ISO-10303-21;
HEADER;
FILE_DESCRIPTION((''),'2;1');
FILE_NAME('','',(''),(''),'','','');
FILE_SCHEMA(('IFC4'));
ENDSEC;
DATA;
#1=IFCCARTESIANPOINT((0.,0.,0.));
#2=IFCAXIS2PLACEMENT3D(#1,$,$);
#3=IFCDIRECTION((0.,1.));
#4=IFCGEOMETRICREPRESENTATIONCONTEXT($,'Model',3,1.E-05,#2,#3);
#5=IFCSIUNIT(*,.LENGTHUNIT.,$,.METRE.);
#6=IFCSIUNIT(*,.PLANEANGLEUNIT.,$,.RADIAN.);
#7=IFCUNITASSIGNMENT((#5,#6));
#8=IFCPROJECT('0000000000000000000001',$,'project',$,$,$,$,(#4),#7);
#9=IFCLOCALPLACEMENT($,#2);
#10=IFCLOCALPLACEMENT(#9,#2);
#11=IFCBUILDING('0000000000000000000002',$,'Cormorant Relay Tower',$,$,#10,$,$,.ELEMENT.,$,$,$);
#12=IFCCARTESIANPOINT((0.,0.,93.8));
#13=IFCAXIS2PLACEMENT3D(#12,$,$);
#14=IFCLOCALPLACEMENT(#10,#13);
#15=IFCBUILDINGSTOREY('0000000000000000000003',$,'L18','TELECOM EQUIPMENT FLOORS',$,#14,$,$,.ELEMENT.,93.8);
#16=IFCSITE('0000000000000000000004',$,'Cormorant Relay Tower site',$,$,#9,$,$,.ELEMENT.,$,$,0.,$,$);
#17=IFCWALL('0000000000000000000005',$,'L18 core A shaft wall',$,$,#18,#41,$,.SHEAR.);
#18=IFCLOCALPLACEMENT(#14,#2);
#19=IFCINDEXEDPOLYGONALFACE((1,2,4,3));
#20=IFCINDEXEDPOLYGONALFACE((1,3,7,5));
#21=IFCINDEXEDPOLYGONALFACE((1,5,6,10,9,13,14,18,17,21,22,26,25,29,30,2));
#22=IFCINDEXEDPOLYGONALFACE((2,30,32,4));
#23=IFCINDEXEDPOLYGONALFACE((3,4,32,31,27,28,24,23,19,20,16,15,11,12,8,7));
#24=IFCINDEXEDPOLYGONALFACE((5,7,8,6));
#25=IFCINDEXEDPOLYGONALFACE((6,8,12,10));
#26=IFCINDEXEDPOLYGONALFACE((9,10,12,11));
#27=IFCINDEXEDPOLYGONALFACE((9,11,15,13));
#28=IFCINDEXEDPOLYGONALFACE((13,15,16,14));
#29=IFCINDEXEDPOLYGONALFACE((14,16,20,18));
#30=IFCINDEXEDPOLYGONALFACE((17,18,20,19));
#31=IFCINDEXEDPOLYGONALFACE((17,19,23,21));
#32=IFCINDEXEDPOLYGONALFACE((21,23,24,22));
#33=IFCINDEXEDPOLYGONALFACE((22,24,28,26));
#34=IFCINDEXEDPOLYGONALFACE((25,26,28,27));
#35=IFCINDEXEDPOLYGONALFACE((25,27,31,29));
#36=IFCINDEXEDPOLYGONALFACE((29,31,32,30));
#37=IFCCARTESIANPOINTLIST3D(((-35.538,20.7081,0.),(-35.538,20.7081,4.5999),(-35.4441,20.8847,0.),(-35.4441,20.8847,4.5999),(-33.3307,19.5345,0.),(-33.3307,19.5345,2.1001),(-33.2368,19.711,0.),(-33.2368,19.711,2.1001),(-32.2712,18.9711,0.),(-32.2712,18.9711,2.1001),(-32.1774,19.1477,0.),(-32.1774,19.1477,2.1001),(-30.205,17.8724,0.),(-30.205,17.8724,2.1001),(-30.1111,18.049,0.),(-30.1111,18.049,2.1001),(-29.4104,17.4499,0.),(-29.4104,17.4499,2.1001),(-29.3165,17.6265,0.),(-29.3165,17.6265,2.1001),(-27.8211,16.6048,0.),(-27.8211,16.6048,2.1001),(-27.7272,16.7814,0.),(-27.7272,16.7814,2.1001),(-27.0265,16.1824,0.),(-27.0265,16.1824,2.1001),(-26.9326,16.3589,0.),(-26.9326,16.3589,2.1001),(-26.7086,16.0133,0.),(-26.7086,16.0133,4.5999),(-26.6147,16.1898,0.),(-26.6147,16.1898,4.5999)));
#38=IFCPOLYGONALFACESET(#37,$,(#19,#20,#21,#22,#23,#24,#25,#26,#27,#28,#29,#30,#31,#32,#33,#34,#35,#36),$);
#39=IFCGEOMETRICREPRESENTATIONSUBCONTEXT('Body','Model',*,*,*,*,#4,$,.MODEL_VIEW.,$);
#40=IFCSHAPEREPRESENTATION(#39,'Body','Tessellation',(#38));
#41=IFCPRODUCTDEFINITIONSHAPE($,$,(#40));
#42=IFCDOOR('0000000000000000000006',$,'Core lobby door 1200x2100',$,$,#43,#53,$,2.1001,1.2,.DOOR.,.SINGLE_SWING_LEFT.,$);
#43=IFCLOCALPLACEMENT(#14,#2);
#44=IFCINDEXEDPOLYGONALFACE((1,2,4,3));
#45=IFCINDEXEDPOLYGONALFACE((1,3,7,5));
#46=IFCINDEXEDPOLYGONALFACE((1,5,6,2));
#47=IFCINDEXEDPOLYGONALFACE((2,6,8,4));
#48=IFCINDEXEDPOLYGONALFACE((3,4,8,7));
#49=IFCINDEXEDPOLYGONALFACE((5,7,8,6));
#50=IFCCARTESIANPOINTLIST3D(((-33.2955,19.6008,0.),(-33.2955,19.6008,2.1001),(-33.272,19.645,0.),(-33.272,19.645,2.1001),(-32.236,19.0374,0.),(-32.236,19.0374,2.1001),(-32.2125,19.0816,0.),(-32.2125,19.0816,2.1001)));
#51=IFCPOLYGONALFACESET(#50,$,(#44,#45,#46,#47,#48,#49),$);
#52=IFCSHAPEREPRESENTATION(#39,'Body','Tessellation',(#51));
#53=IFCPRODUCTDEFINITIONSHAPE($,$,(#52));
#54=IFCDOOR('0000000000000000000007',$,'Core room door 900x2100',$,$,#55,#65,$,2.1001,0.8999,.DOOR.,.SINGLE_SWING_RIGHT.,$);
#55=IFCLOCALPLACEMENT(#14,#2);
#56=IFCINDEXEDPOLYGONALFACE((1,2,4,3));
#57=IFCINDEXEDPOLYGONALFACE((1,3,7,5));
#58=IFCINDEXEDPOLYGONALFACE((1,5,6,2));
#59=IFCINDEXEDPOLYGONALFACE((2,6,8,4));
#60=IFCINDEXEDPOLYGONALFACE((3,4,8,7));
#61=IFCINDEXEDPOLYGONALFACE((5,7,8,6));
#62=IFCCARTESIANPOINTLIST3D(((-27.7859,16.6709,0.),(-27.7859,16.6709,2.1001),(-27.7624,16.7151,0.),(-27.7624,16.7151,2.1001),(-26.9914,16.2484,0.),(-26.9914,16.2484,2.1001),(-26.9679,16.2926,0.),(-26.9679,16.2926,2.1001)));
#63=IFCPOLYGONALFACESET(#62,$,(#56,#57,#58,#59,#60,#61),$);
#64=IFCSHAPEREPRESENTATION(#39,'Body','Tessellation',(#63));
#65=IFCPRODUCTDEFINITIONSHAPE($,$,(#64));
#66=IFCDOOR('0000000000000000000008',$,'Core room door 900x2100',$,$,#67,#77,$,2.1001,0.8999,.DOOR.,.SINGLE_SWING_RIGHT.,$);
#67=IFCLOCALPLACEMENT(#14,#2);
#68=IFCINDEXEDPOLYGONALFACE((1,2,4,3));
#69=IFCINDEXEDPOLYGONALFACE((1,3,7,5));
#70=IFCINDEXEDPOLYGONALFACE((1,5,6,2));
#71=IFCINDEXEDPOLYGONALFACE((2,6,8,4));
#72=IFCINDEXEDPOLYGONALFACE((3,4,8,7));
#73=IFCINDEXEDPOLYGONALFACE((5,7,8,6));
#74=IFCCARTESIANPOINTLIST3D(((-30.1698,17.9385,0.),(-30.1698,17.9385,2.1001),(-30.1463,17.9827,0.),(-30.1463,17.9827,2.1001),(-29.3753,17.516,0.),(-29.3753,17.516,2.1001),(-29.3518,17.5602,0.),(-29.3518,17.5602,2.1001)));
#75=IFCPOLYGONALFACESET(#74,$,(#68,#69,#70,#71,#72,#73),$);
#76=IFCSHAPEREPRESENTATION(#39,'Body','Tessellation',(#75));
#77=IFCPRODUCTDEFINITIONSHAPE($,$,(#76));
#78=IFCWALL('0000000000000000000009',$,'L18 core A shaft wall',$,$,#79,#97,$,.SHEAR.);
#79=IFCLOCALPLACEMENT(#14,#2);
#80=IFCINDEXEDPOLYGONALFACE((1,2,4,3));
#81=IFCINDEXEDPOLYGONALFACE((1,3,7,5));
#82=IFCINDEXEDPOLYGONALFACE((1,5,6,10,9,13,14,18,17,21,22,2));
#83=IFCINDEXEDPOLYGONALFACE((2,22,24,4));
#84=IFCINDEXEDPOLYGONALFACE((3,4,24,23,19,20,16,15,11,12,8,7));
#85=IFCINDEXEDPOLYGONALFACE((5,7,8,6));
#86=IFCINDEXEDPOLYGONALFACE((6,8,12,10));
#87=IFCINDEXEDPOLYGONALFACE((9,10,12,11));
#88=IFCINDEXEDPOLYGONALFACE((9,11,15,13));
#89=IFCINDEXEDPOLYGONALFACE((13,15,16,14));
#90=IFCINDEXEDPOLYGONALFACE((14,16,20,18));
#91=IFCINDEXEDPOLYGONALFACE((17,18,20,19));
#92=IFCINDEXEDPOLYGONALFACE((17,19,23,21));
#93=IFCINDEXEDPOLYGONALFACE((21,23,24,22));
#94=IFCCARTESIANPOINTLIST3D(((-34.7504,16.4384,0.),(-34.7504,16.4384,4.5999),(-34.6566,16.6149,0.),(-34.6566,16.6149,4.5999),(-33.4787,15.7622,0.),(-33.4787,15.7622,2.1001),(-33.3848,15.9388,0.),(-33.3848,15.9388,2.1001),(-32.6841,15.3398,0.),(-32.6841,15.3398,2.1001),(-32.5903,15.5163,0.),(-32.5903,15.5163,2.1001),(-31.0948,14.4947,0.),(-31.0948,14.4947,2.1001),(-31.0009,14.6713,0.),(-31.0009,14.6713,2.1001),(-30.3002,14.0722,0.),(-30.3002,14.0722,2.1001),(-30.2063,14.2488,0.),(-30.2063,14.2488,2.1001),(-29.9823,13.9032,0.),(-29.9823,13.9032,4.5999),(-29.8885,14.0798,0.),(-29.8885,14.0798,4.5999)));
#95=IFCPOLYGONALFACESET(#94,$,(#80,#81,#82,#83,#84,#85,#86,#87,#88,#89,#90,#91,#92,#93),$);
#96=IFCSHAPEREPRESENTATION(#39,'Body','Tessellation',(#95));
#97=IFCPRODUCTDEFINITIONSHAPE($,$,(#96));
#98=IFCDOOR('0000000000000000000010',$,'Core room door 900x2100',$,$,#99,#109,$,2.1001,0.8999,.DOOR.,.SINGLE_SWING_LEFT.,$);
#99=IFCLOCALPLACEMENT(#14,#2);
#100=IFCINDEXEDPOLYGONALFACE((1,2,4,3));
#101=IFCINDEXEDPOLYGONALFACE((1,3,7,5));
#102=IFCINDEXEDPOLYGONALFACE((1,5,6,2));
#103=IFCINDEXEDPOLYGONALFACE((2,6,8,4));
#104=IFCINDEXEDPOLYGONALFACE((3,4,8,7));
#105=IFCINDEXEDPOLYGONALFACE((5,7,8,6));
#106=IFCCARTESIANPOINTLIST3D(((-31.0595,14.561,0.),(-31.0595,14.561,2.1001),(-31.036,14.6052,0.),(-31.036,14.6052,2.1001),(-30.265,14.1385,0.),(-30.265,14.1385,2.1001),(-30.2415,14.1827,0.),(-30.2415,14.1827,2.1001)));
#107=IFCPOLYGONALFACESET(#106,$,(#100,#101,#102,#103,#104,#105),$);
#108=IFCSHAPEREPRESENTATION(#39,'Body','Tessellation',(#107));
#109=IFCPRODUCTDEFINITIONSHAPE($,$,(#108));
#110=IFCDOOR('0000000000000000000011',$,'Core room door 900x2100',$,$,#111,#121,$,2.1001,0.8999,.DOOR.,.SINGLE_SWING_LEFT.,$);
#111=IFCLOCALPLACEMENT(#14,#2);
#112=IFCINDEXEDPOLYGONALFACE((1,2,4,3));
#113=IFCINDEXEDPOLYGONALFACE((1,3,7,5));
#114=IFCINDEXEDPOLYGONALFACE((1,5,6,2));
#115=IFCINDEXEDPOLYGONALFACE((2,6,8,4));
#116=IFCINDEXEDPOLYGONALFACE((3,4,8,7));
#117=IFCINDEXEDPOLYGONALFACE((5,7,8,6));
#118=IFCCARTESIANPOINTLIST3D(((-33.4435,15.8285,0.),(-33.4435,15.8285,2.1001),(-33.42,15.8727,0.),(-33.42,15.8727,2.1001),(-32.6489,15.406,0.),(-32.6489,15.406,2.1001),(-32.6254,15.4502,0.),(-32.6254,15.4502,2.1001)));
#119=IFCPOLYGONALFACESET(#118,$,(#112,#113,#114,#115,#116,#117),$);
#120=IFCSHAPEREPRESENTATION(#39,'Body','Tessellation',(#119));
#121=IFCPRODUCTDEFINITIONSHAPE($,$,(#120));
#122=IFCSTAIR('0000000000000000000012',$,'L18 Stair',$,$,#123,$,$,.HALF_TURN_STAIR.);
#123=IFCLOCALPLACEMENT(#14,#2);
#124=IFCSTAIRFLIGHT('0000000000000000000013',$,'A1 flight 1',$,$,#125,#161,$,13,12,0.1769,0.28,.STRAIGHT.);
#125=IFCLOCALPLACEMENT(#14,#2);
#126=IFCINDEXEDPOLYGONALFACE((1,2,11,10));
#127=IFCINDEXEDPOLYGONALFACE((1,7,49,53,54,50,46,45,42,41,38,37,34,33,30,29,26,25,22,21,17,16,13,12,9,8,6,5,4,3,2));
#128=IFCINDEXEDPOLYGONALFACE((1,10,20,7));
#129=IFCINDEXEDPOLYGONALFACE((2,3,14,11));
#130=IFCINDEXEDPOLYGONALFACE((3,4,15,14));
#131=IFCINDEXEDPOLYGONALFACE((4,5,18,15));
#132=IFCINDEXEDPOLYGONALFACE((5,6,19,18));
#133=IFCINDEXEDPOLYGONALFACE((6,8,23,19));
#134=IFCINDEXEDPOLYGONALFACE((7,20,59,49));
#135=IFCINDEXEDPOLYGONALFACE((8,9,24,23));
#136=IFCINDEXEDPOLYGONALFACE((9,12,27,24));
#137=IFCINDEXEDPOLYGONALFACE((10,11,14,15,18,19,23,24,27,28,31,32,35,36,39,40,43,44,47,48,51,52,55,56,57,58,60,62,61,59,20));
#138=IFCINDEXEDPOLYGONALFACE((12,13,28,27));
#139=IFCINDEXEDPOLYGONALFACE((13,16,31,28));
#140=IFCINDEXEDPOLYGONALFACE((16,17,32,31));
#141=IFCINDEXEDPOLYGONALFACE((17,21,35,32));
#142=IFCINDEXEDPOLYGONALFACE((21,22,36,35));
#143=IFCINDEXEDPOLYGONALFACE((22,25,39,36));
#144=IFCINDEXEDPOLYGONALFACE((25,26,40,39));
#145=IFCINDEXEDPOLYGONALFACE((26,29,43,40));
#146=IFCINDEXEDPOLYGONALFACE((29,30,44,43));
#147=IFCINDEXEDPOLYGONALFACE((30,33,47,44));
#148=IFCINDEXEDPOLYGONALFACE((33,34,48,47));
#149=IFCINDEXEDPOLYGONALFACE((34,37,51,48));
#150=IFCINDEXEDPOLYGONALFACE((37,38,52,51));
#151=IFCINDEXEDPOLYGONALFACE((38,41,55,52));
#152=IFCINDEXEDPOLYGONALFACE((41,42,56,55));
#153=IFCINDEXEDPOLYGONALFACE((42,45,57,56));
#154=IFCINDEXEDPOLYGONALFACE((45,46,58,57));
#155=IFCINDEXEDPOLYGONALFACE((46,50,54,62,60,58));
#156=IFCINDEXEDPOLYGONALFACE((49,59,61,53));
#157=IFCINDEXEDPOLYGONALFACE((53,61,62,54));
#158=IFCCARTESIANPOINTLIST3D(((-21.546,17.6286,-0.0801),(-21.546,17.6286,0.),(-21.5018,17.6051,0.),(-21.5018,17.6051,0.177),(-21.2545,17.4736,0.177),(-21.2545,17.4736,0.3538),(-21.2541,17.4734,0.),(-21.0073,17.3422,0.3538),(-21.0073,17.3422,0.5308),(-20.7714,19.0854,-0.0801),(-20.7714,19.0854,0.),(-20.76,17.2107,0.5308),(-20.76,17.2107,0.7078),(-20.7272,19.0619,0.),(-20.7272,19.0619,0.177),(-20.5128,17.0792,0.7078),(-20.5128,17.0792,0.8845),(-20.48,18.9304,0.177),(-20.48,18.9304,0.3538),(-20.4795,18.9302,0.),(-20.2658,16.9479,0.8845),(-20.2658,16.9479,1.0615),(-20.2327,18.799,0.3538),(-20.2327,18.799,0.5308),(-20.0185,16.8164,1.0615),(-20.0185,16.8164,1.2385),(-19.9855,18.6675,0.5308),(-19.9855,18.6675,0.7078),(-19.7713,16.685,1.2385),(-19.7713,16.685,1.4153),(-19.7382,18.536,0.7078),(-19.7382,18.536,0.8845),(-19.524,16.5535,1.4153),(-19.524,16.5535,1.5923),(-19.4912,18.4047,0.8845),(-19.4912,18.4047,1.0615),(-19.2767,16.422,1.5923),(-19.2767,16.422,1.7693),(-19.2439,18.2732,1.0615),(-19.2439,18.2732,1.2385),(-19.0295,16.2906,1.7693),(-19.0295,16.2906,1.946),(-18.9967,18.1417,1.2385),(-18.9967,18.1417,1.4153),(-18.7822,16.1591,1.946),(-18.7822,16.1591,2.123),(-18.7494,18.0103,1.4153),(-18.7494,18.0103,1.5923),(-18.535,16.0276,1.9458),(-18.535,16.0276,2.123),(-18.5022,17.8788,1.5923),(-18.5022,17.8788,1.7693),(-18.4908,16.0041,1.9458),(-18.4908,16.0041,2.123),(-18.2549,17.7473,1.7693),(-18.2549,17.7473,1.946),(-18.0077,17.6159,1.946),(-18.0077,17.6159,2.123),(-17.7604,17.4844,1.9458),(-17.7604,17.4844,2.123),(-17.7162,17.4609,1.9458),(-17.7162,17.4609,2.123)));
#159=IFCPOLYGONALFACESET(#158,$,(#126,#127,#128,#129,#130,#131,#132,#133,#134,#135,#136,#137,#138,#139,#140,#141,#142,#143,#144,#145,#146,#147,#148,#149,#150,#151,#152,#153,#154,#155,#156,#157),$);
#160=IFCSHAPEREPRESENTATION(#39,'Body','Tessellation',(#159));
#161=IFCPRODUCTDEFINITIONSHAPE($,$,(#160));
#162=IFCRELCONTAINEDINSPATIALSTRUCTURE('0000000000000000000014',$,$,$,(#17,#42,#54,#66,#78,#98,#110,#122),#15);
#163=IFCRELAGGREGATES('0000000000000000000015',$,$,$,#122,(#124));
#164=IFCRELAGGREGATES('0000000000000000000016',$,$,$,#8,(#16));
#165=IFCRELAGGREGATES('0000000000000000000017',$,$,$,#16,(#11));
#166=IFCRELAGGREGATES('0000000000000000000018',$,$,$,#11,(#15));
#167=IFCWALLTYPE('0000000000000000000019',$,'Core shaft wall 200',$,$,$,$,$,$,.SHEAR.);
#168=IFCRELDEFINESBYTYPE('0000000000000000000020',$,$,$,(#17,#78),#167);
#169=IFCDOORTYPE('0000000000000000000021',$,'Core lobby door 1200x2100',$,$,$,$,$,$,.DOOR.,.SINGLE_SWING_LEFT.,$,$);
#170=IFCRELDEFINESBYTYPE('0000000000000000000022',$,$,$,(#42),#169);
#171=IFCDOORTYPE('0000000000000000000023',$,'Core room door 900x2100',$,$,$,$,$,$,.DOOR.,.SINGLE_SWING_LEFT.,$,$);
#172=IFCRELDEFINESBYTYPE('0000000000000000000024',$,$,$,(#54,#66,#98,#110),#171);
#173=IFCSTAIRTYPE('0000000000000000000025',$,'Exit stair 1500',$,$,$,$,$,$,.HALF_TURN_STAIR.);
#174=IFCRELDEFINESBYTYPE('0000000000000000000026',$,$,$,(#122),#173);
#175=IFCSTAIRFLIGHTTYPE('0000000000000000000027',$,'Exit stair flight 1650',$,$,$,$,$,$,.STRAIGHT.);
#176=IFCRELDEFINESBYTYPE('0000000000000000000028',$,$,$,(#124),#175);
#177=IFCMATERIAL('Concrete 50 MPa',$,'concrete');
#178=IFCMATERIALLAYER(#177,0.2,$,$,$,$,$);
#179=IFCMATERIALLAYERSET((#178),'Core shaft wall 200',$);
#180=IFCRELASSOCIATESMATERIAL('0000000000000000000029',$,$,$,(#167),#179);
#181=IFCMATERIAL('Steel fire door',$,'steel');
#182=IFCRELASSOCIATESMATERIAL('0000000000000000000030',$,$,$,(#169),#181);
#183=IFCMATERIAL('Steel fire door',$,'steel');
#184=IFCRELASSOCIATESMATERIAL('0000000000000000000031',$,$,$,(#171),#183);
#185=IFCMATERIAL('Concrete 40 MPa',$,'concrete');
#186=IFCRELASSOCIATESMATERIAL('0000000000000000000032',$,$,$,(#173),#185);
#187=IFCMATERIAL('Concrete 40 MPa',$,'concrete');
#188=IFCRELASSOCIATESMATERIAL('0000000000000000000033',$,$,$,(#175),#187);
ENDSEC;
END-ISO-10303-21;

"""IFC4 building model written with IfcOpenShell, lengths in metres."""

from ifc_helpers import new_model, si_unit, direction, frame, frame_2d, origin, place, context, subcontext, project, spatial, polyline, rectangle, outline, extrude, material, layer, layer_set, type_object, element, fill, aggregate, save


model = new_model("IFC4")

# Units and contexts
model_context = context("Model", 3, precision=1e-05, world=origin(), true_north=direction((0.0, 1.0)))
body_context = subcontext(model_context, "Body", "Model", "MODEL_VIEW")
ifc_project = project(units=[si_unit("LENGTHUNIT", "METRE"), si_unit("PLANEANGLEUNIT", "RADIAN")], contexts=[model_context])

# Site, building, storey
site_placement = place(None, origin())
site = spatial("IfcSite", under=ifc_project, at=site_placement, Name="Cormorant Relay Tower site", CompositionType="ELEMENT", RefElevation=0.0)
building_placement = place(site_placement, origin())
building = spatial("IfcBuilding", under=site, at=building_placement, Name="Cormorant Relay Tower", CompositionType="ELEMENT")
storey_placement = place(building_placement, frame((0.0, 0.0, 93.8)))
storey = spatial("IfcBuildingStorey", under=building, at=storey_placement, Name="L18", Description="TELECOM EQUIPMENT FLOORS", CompositionType="ELEMENT", Elevation=93.8)

# Shared definitions
ifc_material_1 = material(Name="Concrete 50 MPa", Category="concrete")
ifc_layer_1 = layer(ifc_material_1, 0.2)
ifc_layer_set_1 = layer_set([ifc_layer_1], Name="Core shaft wall 200")
wall_type_1 = type_object("IfcWallType", Name="Core shaft wall 200", PredefinedType="SHEAR", material=ifc_layer_set_1)

# Walls, openings, doors
wall_1_placement = place(storey_placement, frame((-26.6616, 16.1016, 0.0), z_axis=(0.0, 0.0, 1.0), x_axis=(-0.88294, 0.469485, 0.0)))
wall_1 = element("IfcWall", 1, at=wall_1_placement, inside=storey, type_object=wall_type_1, Name="L18 core A shaft wall", PredefinedType="SHEAR", context=body_context, shape_type="SweptSolid", body=[
    extrude(rectangle(XDim=10.0, YDim=0.2, at=frame_2d((5.0, 0.0))), origin(), (0.0, 0.0, 1.0), 4.5999),
])
opening_1_placement = place(wall_1_placement, frame((6.3, 0.0, 0.0)))
opening_1 = element("IfcOpeningElement", 2, at=opening_1_placement, cuts=wall_1, PredefinedType="OPENING", context=body_context, shape_type="SweptSolid", body=[
    extrude(rectangle(XDim=1.2, YDim=2.1001, at=frame_2d((0.6001, 1.05))), frame((0.0, 0.1099, 0.0), z_axis=(0.0, -1.0, 0.0), x_axis=(1.0, 0.0, 0.0)), (0.0, 0.0, 1.0), 0.22),
])
opening_2_placement = place(wall_1_placement, frame((0.3601, 0.0, 0.0)))
opening_2 = element("IfcOpeningElement", 3, at=opening_2_placement, cuts=wall_1, PredefinedType="OPENING", context=body_context, shape_type="SweptSolid", body=[
    extrude(rectangle(XDim=0.8999, YDim=2.1001, at=frame_2d((0.45, 1.05))), frame((0.0, 0.1099, 0.0), z_axis=(0.0, -1.0, 0.0), x_axis=(1.0, 0.0, 0.0)), (0.0, 0.0, 1.0), 0.22),
])
opening_3_placement = place(wall_1_placement, frame((3.0601, 0.0, 0.0)))
opening_3 = element("IfcOpeningElement", 4, at=opening_3_placement, cuts=wall_1, PredefinedType="OPENING", context=body_context, shape_type="SweptSolid", body=[
    extrude(rectangle(XDim=0.8999, YDim=2.1001, at=frame_2d((0.45, 1.05))), frame((0.0, 0.1099, 0.0), z_axis=(0.0, -1.0, 0.0), x_axis=(1.0, 0.0, 0.0)), (0.0, 0.0, 1.0), 0.22),
])
ifc_material_2 = material(Name="Steel fire door", Category="steel")
door_type_1 = type_object("IfcDoorType", Name="Core lobby door 1200x2100", OperationType="SINGLE_SWING_LEFT", PredefinedType="DOOR", material=ifc_material_2)
door_1_placement = place(opening_1_placement, origin())
door_1 = element("IfcDoor", 5, at=door_1_placement, inside=storey, type_object=door_type_1, Name="Core lobby door 1200x2100", OperationType="SINGLE_SWING_LEFT", OverallHeight=2.1001, OverallWidth=1.2, PredefinedType="DOOR", context=body_context, shape_type="SweptSolid", body=[
    extrude(rectangle(XDim=1.2, YDim=2.1001, at=frame_2d((0.6001, 1.05))), frame((0.0, 0.0249, 0.0), z_axis=(0.0, -1.0, 0.0), x_axis=(1.0, 0.0, 0.0)), (0.0, 0.0, 1.0), 0.05),
])
fill(opening_1, door_1)
ifc_material_3 = material(Name="Steel fire door", Category="steel")
door_type_2 = type_object("IfcDoorType", Name="Core room door 900x2100", OperationType="SINGLE_SWING_LEFT", PredefinedType="DOOR", material=ifc_material_3)
door_2_placement = place(opening_2_placement, frame((0.8999, 0.0, 0.0), z_axis=(0.0, 0.0, 1.0), x_axis=(-1.0, 0.0, 0.0)))
door_2 = element("IfcDoor", 6, at=door_2_placement, inside=storey, type_object=door_type_2, Name="Core room door 900x2100", OperationType="SINGLE_SWING_RIGHT", OverallHeight=2.1001, OverallWidth=0.8999, PredefinedType="DOOR", context=body_context, shape_type="SweptSolid", body=[
    extrude(rectangle(XDim=0.8999, YDim=2.1001, at=frame_2d((0.45, 1.05))), frame((0.0, 0.0249, 0.0), z_axis=(0.0, -1.0, 0.0), x_axis=(1.0, 0.0, 0.0)), (0.0, 0.0, 1.0), 0.05),
])
fill(opening_2, door_2)
door_3_placement = place(opening_3_placement, frame((0.8999, 0.0, 0.0), z_axis=(0.0, 0.0, 1.0), x_axis=(-1.0, 0.0, 0.0)))
door_3 = element("IfcDoor", 7, at=door_3_placement, inside=storey, type_object=door_type_2, Name="Core room door 900x2100", OperationType="SINGLE_SWING_RIGHT", OverallHeight=2.1001, OverallWidth=0.8999, PredefinedType="DOOR", context=body_context, shape_type="SweptSolid", body=[
    extrude(rectangle(XDim=0.8999, YDim=2.1001, at=frame_2d((0.45, 1.05))), frame((0.0, 0.0249, 0.0), z_axis=(0.0, -1.0, 0.0), x_axis=(1.0, 0.0, 0.0)), (0.0, 0.0, 1.0), 0.05),
])
fill(opening_3, door_3)
wall_2_placement = place(storey_placement, frame((-29.9353, 13.9915, 0.0), z_axis=(0.0, 0.0, 1.0), x_axis=(-0.882953, 0.469462, 0.0)))
wall_2 = element("IfcWall", 8, at=wall_2_placement, inside=storey, type_object=wall_type_1, Name="L18 core A shaft wall", PredefinedType="SHEAR", context=body_context, shape_type="SweptSolid", body=[
    extrude(rectangle(XDim=5.4001, YDim=0.2, at=frame_2d((2.7002, 0.0))), origin(), (0.0, 0.0, 1.0), 4.5999),
])
opening_4_placement = place(wall_2_placement, frame((0.3601, 0.0, 0.0)))
opening_4 = element("IfcOpeningElement", 9, at=opening_4_placement, cuts=wall_2, PredefinedType="OPENING", context=body_context, shape_type="SweptSolid", body=[
    extrude(rectangle(XDim=0.8999, YDim=2.1001, at=frame_2d((0.45, 1.05))), frame((0.0, 0.1099, 0.0), z_axis=(0.0, -1.0, 0.0), x_axis=(1.0, 0.0, 0.0)), (0.0, 0.0, 1.0), 0.22),
])
opening_5_placement = place(wall_2_placement, frame((3.0601, 0.0, 0.0)))
opening_5 = element("IfcOpeningElement", 10, at=opening_5_placement, cuts=wall_2, PredefinedType="OPENING", context=body_context, shape_type="SweptSolid", body=[
    extrude(rectangle(XDim=0.8999, YDim=2.1001, at=frame_2d((0.45, 1.05))), frame((0.0, 0.1099, 0.0), z_axis=(0.0, -1.0, 0.0), x_axis=(1.0, 0.0, 0.0)), (0.0, 0.0, 1.0), 0.22),
])
door_4_placement = place(opening_4_placement, origin())
door_4 = element("IfcDoor", 11, at=door_4_placement, inside=storey, type_object=door_type_2, Name="Core room door 900x2100", OperationType="SINGLE_SWING_LEFT", OverallHeight=2.1001, OverallWidth=0.8999, PredefinedType="DOOR", context=body_context, shape_type="SweptSolid", body=[
    extrude(rectangle(XDim=0.8999, YDim=2.1001, at=frame_2d((0.45, 1.05))), frame((0.0, 0.0249, 0.0), z_axis=(0.0, -1.0, 0.0), x_axis=(1.0, 0.0, 0.0)), (0.0, 0.0, 1.0), 0.05),
])
fill(opening_4, door_4)
door_5_placement = place(opening_5_placement, origin())
door_5 = element("IfcDoor", 12, at=door_5_placement, inside=storey, type_object=door_type_2, Name="Core room door 900x2100", OperationType="SINGLE_SWING_LEFT", OverallHeight=2.1001, OverallWidth=0.8999, PredefinedType="DOOR", context=body_context, shape_type="SweptSolid", body=[
    extrude(rectangle(XDim=0.8999, YDim=2.1001, at=frame_2d((0.45, 1.05))), frame((0.0, 0.0249, 0.0), z_axis=(0.0, -1.0, 0.0), x_axis=(1.0, 0.0, 0.0)), (0.0, 0.0, 1.0), 0.05),
])
fill(opening_5, door_5)

# Stair, stair flight
ifc_material_4 = material(Name="Concrete 40 MPa", Category="concrete")
stair_type = type_object("IfcStairType", Name="Exit stair 1500", PredefinedType="HALF_TURN_STAIR", material=ifc_material_4)
stair_placement = place(storey_placement, origin())
stair = element("IfcStair", 13, at=stair_placement, inside=storey, type_object=stair_type, Name="L18 Stair", PredefinedType="HALF_TURN_STAIR")
ifc_material_5 = material(Name="Concrete 40 MPa", Category="concrete")
stair_flight_type = type_object("IfcStairFlightType", Name="Exit stair flight 1650", PredefinedType="STRAIGHT", material=ifc_material_5)
stair_flight_placement = place(storey_placement, frame((-21.1145, 18.3335, 0.0), z_axis=(0.0, 0.0, 1.0), x_axis=(0.882948, -0.469472, 0.0)))
stair_flight = element("IfcStairFlight", 14, at=stair_flight_placement, type_object=stair_flight_type, Name="A1 flight 1", NumberOfRisers=13, NumberOfTreads=12, PredefinedType="STRAIGHT", RiserHeight=0.1769, TreadLength=0.28, context=body_context, shape_type="SweptSolid", body=[
    extrude(outline(polyline([(-0.05, -0.0801), (-0.05, 0.0), (0.0, 0.0), (0.0, 0.177), (0.28, 0.177), (0.28, 0.3538), (0.5601, 0.3538), (0.5601, 0.5308), (0.8401, 0.5308), (0.8401, 0.7078), (1.1201, 0.7078), (1.1201, 0.8845), (1.3999, 0.8845), (1.3999, 1.0615), (1.6799, 1.0615), (1.6799, 1.2385), (1.96, 1.2385), (1.96, 1.4153), (2.24, 1.4153), (2.24, 1.5923), (2.52, 1.5923), (2.52, 1.7693), (2.8, 1.7693), (2.8, 1.946), (3.0801, 1.946), (3.0801, 2.123), (3.3601, 2.123), (3.4102, 2.123), (3.4102, 1.9458), (3.3601, 1.9458), (0.2805, 0.0), (-0.05, -0.0801)])), frame((0.0, 0.825, 0.0), z_axis=(0.0, -1.0, 0.0), x_axis=(1.0, 0.0, 0.0)), (0.0, 0.0, 1.0), 1.6499),
])
aggregate(stair, [stair_flight])

save(model, "model.ifc")
